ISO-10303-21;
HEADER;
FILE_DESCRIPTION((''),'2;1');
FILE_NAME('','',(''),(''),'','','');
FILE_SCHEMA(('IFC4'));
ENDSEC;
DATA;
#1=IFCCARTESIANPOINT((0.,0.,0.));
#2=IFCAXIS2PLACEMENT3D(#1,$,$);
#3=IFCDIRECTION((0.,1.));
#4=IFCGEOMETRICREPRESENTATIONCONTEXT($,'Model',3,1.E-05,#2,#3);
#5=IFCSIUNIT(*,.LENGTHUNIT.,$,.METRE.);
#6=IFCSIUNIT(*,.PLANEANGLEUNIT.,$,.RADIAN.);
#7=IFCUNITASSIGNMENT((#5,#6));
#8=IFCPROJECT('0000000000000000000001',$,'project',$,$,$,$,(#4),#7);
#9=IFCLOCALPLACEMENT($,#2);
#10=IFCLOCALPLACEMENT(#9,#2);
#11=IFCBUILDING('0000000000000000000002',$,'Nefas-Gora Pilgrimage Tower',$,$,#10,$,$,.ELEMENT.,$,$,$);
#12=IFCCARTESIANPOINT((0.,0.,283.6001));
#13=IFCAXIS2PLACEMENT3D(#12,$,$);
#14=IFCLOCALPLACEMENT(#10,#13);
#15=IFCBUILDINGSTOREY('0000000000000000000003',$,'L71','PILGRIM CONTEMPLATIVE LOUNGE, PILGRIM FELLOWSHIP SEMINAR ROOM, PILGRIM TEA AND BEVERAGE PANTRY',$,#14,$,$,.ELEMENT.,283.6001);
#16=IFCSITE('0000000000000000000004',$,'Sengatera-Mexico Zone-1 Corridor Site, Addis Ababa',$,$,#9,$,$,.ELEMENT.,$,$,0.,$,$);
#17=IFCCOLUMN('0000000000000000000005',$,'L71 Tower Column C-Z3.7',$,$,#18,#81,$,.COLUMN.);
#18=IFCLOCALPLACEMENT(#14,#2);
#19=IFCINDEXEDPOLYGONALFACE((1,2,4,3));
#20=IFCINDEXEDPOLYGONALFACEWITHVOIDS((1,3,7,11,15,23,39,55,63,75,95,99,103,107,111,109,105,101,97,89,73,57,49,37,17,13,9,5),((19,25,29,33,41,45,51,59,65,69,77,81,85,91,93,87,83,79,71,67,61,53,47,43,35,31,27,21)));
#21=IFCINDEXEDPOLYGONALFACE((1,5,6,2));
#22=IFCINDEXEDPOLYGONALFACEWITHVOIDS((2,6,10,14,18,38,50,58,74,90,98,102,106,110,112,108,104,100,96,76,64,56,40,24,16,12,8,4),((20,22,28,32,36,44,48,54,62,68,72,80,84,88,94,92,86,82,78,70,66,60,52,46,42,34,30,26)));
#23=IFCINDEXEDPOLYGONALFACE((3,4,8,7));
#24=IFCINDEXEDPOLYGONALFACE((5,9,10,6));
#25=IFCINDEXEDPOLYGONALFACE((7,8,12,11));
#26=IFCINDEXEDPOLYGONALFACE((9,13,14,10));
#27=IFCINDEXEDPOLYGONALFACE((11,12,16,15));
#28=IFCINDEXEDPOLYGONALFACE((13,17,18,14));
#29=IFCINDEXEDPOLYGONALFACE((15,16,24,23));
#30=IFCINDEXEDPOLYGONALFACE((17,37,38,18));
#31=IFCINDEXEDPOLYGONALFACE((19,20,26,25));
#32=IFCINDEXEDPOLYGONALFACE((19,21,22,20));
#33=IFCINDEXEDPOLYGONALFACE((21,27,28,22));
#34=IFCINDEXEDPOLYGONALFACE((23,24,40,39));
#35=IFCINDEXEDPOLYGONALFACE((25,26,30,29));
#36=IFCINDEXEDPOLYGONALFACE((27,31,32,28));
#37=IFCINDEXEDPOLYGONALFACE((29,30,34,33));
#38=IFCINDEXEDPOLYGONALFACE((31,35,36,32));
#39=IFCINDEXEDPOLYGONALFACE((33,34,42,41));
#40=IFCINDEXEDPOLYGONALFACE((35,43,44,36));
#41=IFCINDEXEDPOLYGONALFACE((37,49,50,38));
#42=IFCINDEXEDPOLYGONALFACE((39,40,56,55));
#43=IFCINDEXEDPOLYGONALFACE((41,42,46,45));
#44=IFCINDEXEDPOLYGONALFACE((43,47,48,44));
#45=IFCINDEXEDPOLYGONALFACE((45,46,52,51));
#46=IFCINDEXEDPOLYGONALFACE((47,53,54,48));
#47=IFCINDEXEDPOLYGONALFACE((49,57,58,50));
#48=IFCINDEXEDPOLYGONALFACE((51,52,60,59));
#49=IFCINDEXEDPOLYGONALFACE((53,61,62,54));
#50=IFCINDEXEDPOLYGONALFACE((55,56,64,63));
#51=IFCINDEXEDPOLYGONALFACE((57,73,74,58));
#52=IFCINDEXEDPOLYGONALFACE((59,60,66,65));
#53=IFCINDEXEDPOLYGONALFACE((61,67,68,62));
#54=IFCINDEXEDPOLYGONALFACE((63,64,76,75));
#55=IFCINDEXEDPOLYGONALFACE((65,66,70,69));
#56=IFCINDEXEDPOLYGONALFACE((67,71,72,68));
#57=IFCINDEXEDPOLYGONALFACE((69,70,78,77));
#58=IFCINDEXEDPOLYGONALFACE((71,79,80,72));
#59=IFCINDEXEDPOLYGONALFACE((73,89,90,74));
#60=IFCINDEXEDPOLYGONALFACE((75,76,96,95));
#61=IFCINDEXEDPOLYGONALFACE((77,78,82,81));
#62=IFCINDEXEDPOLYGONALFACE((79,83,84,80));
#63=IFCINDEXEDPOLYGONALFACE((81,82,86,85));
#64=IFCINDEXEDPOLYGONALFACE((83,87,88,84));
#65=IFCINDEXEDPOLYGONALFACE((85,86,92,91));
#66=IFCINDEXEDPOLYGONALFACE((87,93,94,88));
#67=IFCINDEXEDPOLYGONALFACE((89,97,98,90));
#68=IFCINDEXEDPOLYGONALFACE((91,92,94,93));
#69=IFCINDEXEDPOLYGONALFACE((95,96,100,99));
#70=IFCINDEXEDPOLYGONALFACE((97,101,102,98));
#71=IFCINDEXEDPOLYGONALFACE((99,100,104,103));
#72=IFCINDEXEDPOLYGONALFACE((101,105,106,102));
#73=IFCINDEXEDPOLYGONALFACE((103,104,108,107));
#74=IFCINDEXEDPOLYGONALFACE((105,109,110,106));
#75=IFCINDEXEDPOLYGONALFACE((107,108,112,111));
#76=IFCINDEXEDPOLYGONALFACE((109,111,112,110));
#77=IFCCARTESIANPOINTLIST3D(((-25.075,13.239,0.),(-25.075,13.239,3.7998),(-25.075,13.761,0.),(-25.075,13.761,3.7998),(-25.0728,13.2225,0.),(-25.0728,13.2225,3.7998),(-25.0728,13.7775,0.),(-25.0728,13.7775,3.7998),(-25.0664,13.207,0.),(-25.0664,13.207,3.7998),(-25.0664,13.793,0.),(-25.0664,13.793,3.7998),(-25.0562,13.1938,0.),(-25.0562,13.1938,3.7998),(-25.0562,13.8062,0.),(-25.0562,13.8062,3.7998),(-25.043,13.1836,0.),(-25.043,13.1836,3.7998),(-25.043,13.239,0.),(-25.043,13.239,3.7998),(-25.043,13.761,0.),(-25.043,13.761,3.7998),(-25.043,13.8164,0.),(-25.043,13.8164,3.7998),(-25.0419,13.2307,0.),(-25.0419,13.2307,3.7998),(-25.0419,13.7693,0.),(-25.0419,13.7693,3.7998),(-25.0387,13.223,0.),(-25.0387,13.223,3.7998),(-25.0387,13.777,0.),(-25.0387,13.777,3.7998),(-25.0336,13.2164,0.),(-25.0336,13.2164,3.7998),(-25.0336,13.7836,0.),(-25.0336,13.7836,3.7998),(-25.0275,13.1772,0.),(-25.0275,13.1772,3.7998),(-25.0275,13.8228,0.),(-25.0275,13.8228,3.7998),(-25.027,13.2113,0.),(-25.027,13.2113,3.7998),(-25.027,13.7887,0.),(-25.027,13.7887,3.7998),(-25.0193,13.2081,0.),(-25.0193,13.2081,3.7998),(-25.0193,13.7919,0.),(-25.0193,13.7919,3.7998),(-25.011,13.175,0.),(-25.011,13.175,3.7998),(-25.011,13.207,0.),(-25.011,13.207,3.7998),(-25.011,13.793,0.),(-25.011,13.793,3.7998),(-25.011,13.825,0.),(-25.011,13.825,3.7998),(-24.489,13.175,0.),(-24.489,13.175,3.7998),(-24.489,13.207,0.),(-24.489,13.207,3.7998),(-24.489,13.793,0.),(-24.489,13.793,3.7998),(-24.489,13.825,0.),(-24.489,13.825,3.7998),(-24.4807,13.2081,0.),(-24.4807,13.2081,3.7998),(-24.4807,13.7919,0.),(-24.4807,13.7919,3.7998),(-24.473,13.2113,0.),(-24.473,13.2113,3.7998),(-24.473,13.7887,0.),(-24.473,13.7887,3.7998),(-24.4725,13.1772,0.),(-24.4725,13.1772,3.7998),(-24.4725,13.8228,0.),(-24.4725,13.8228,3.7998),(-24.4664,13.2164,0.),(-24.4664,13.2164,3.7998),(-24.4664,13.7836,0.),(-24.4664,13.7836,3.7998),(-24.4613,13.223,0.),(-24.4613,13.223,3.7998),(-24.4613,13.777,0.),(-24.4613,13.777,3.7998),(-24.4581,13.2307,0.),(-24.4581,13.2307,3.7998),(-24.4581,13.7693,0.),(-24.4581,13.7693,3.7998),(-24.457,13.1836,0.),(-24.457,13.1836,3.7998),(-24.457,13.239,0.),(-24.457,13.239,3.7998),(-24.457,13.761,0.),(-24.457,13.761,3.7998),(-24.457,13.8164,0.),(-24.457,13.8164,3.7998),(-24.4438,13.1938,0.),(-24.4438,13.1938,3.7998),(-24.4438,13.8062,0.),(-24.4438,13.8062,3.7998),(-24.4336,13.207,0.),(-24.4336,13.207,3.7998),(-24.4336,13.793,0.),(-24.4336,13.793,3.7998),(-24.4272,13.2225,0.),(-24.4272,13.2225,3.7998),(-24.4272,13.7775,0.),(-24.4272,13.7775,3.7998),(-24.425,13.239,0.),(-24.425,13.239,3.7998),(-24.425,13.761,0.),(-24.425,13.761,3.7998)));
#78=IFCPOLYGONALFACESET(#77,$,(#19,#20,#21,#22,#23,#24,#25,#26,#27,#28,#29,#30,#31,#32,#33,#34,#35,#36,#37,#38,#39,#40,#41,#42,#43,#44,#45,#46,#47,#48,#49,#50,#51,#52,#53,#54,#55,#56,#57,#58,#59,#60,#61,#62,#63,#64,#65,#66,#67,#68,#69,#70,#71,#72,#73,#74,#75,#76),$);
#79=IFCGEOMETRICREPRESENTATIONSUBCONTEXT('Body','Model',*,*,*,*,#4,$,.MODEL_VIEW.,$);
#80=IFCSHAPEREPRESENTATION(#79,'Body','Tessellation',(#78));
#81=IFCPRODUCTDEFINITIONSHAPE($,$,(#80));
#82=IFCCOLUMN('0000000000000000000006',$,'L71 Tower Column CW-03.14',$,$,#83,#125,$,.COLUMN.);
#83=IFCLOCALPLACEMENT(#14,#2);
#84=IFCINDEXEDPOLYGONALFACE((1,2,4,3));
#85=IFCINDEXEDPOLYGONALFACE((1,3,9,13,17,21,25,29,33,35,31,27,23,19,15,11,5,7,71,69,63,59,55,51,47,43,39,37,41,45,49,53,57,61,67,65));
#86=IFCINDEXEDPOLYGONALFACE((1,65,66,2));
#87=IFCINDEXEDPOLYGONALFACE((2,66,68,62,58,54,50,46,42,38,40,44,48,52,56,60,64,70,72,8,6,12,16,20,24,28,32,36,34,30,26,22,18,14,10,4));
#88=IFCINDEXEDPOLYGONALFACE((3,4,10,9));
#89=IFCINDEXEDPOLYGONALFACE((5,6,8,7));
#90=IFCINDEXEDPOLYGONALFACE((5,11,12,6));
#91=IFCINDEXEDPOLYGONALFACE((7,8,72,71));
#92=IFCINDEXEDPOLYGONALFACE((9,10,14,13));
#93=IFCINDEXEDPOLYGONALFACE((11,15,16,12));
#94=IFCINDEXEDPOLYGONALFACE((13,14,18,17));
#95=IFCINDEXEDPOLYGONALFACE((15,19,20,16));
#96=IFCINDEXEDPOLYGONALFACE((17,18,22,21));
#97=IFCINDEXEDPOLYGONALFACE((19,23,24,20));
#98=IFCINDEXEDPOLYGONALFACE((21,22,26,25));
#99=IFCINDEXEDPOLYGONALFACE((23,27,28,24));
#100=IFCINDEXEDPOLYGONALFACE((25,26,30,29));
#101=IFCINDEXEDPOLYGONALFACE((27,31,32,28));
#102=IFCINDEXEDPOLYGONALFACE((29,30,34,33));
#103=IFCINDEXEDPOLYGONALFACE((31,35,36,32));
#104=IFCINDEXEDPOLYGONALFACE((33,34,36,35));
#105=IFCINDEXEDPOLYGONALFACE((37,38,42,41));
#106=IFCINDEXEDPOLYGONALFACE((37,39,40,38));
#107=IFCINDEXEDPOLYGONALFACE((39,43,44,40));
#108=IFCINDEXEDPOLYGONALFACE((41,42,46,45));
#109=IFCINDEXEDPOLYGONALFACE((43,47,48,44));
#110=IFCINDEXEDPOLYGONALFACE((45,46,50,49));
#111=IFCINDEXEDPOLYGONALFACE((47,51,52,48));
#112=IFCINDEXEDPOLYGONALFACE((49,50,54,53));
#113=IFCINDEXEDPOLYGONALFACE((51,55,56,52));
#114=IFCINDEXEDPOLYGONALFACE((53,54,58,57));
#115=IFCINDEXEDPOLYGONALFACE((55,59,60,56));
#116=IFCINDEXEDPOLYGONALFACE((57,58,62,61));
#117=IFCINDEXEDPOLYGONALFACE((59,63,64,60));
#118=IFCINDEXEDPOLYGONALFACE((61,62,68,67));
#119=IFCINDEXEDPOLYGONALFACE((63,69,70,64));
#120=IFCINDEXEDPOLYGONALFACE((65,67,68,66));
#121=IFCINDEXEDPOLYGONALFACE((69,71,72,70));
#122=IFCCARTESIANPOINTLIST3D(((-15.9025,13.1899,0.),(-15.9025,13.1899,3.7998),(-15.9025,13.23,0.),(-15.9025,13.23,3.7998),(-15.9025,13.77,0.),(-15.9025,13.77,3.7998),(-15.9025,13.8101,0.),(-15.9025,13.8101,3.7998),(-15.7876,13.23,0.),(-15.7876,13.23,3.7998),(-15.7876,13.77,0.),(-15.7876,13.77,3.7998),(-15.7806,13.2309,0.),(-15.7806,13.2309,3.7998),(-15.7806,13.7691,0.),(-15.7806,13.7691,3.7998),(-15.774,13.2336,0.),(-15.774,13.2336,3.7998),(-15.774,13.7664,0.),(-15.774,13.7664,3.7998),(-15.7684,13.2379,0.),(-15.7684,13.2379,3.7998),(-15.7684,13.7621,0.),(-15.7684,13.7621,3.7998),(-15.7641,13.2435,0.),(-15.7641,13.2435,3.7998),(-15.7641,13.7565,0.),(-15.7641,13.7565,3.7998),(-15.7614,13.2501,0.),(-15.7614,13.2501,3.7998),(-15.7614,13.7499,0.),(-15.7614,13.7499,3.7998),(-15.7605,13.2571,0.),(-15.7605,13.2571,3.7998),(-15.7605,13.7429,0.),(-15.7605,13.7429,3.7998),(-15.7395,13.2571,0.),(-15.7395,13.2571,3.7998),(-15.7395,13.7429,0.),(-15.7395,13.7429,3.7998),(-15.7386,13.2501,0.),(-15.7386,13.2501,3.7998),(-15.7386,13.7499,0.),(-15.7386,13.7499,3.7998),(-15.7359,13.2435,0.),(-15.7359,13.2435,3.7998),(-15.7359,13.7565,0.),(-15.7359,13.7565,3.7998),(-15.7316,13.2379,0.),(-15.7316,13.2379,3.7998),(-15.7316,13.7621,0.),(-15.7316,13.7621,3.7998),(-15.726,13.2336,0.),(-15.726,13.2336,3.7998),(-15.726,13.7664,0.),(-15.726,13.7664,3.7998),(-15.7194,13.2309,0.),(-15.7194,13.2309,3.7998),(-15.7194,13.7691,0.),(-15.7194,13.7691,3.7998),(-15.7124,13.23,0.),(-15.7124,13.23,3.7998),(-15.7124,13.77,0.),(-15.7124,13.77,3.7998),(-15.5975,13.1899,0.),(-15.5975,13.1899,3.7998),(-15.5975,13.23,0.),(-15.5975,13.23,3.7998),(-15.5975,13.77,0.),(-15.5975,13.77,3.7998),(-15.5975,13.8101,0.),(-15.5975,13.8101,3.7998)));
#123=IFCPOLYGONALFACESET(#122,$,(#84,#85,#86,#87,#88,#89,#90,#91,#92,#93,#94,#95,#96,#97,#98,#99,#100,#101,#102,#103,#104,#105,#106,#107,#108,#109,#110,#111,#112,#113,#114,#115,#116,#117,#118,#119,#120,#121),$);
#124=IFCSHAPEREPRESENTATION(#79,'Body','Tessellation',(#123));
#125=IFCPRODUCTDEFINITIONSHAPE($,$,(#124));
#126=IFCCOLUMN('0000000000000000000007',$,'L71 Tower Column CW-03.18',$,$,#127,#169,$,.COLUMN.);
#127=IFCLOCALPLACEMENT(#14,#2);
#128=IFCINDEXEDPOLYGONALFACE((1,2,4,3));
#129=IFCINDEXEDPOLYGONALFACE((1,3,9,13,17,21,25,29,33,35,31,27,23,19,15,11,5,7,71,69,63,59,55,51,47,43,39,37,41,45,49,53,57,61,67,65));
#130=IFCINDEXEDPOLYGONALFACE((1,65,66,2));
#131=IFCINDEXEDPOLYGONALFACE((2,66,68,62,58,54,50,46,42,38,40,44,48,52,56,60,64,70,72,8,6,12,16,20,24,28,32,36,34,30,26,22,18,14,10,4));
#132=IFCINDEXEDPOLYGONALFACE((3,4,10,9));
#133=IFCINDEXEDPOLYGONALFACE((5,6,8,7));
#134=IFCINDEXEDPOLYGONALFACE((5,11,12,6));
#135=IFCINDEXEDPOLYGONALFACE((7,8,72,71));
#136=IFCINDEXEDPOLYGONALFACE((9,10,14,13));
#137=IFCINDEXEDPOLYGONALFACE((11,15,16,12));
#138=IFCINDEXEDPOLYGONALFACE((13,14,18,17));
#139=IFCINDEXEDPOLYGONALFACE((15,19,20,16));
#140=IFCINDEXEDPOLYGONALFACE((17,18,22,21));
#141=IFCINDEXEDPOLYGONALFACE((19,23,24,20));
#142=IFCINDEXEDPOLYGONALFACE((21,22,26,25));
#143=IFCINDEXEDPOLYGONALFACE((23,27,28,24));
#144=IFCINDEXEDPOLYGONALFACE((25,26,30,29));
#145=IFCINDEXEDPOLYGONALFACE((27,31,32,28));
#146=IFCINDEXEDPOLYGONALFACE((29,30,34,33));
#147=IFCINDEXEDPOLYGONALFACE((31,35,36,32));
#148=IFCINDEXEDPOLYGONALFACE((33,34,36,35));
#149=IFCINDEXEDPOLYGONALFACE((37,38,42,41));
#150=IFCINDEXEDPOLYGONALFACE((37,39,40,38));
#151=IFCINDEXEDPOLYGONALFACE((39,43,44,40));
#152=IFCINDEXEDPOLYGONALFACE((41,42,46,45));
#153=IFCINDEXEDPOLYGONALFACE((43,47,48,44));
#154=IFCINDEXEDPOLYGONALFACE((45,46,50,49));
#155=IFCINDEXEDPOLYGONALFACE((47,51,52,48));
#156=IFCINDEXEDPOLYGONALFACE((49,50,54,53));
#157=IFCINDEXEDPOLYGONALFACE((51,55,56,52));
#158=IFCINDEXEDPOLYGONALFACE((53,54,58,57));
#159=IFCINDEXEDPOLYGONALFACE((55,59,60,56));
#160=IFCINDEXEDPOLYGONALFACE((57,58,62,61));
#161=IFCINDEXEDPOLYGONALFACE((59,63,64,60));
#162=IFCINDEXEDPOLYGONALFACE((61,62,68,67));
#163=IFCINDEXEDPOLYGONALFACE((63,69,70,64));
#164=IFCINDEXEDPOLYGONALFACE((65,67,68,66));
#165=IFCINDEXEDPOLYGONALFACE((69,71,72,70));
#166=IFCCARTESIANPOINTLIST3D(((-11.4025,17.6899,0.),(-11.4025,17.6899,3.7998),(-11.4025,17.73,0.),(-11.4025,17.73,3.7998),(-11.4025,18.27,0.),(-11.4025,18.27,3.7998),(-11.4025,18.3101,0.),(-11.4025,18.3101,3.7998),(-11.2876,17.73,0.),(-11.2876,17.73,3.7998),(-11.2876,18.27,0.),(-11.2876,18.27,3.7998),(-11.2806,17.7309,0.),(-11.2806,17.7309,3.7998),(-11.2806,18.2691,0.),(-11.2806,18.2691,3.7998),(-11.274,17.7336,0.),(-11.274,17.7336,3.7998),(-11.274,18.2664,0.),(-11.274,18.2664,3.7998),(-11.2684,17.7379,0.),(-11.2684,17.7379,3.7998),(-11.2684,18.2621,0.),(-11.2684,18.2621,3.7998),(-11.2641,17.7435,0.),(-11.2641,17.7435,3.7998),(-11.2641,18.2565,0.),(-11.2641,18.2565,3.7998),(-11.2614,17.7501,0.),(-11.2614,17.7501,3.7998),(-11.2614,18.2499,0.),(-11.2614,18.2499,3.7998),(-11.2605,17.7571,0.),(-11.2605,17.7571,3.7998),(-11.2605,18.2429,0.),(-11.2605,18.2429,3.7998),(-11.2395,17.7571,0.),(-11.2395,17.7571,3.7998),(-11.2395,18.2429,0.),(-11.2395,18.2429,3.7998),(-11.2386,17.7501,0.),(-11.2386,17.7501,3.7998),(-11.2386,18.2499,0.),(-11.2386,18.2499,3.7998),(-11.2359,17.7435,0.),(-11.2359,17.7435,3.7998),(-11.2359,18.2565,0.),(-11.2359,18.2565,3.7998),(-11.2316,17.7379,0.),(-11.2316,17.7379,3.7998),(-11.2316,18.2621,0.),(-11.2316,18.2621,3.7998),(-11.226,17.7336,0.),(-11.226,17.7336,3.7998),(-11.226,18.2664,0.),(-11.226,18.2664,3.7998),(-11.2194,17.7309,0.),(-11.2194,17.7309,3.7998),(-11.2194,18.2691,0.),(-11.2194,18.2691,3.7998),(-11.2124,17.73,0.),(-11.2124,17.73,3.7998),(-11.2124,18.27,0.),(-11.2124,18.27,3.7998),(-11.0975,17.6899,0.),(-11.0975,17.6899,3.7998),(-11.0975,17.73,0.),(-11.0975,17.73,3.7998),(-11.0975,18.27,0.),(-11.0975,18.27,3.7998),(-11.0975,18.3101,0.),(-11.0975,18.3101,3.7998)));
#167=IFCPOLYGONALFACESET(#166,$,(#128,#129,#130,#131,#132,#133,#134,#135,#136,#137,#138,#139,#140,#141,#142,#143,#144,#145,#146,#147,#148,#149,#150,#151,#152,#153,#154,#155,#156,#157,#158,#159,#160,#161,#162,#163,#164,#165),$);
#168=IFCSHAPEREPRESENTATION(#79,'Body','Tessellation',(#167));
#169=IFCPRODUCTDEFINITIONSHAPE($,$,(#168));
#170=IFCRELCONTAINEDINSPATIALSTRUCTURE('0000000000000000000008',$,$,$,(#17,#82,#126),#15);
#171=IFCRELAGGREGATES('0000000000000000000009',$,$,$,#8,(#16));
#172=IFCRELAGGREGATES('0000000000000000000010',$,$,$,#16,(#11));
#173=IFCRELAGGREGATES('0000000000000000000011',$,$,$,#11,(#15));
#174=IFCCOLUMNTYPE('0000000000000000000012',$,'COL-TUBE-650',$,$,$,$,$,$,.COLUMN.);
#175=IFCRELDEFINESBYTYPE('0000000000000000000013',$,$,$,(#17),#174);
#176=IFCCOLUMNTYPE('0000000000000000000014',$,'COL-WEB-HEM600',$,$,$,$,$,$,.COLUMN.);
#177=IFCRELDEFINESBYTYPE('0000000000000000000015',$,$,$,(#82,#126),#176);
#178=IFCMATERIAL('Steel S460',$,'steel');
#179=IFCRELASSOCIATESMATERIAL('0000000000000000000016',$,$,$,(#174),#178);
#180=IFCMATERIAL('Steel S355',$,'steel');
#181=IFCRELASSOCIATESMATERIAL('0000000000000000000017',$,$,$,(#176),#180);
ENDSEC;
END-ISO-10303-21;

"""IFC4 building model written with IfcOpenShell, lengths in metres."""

from ifc_helpers import new_model, si_unit, direction, frame, origin, origin_2d, place, context, subcontext, project, spatial, hollow_rectangle, i_section, extrude, source, transform, mapped, material, material_profile, profile_set, type_object, element, save


model = new_model("IFC4")

# Units and contexts
model_context = context("Model", 3, precision=1e-05, world=origin(), true_north=direction((0.0, 1.0)))
body_context = subcontext(model_context, "Body", "Model", "MODEL_VIEW")
ifc_project = project(units=[si_unit("LENGTHUNIT", "METRE"), si_unit("PLANEANGLEUNIT", "RADIAN")], contexts=[model_context])

# Site, building, storey
site_placement = place(None, origin())
site = spatial("IfcSite", under=ifc_project, at=site_placement, Name="Sengatera-Mexico Zone-1 Corridor Site, Addis Ababa", CompositionType="ELEMENT", RefElevation=0.0)
building_placement = place(site_placement, origin())
building = spatial("IfcBuilding", under=site, at=building_placement, Name="Nefas-Gora Pilgrimage Tower", CompositionType="ELEMENT")
storey_placement = place(building_placement, frame((0.0, 0.0, 283.6001)))
storey = spatial("IfcBuildingStorey", under=building, at=storey_placement, Name="L71", Description="PILGRIM CONTEMPLATIVE LOUNGE, PILGRIM FELLOWSHIP SEMINAR ROOM, PILGRIM TEA AND BEVERAGE PANTRY", CompositionType="ELEMENT", Elevation=283.6001)

# Columns
ifc_material_1 = material(Name="Steel S460", Category="steel")
ifc_material_profile_1 = material_profile(ifc_material_1, hollow_rectangle(XDim=0.6499, YDim=0.6499, WallThickness=0.032, InnerFilletRadius=0.032, OuterFilletRadius=0.064, at=origin_2d()), Name="BOX 650x650x32")
ifc_profile_set_1 = profile_set([ifc_material_profile_1], Name="Steel S460")
column_type_1 = type_object("IfcColumnType", Name="COL-TUBE-650", PredefinedType="COLUMN", material=ifc_profile_set_1)
shared_shape_1 = source(origin(), body_context, "Body", "SweptSolid", [
    extrude(hollow_rectangle(XDim=0.6499, YDim=0.6499, WallThickness=0.032, InnerFilletRadius=0.032, OuterFilletRadius=0.064, at=origin_2d()), origin(), (0.0, 0.0, 1.0), 3.7998),
])
column_placement = place(storey_placement, frame((-24.75, 13.5, 0.0), z_axis=(0.0, 0.0, 1.0), x_axis=(1.0, 0.0, 0.0)))
element("IfcColumn", 1, at=column_placement, inside=storey, type_object=column_type_1, Name="L71 Tower Column C-Z3.7", PredefinedType="COLUMN", context=body_context, shape_type="MappedRepresentation", body=[
    mapped(shared_shape_1, transform((0.0, 0.0, 0.0), x_axis=(1.0, 0.0, 0.0), y_axis=(0.0, 1.0, 0.0), z_axis=(0.0, 0.0, 1.0), scale=1.0)),
])
ifc_material_2 = material(Name="Steel S355", Category="steel")
ifc_material_profile_2 = material_profile(ifc_material_2, i_section(OverallWidth=0.3049, OverallDepth=0.6201, WebThickness=0.021, FlangeThickness=0.04, FilletRadius=0.0271, at=origin_2d()), Name="HEM 600")
ifc_profile_set_2 = profile_set([ifc_material_profile_2], Name="Steel S355")
column_type_2 = type_object("IfcColumnType", Name="COL-WEB-HEM600", PredefinedType="COLUMN", material=ifc_profile_set_2)
shared_shape_2 = source(origin(), body_context, "Body", "SweptSolid", [
    extrude(i_section(OverallWidth=0.3049, OverallDepth=0.6201, WebThickness=0.021, FlangeThickness=0.04, FilletRadius=0.0271, at=origin_2d()), origin(), (0.0, 0.0, 1.0), 3.7998),
])
for number, where, z_axis, x_axis, name in (
    (2, (-15.75, 13.5, 0.0), (0.0, 0.0, 1.0), (1.0, 0.0, 0.0), "L71 Tower Column CW-03.14"),
    (3, (-11.25, 18.0, 0.0), (0.0, 0.0, 1.0), (1.0, 0.0, 0.0), "L71 Tower Column CW-03.18"),
):
    element("IfcColumn", number, at=place(storey_placement, frame(where, z_axis=z_axis, x_axis=x_axis)), inside=storey, type_object=column_type_2, Name=name, PredefinedType="COLUMN", context=body_context, shape_type="MappedRepresentation", body=[
        mapped(shared_shape_2, transform((0.0, 0.0, 0.0), x_axis=(1.0, 0.0, 0.0), y_axis=(0.0, 1.0, 0.0), z_axis=(0.0, 0.0, 1.0), scale=1.0)),
    ])

save(model, "model.ifc")
